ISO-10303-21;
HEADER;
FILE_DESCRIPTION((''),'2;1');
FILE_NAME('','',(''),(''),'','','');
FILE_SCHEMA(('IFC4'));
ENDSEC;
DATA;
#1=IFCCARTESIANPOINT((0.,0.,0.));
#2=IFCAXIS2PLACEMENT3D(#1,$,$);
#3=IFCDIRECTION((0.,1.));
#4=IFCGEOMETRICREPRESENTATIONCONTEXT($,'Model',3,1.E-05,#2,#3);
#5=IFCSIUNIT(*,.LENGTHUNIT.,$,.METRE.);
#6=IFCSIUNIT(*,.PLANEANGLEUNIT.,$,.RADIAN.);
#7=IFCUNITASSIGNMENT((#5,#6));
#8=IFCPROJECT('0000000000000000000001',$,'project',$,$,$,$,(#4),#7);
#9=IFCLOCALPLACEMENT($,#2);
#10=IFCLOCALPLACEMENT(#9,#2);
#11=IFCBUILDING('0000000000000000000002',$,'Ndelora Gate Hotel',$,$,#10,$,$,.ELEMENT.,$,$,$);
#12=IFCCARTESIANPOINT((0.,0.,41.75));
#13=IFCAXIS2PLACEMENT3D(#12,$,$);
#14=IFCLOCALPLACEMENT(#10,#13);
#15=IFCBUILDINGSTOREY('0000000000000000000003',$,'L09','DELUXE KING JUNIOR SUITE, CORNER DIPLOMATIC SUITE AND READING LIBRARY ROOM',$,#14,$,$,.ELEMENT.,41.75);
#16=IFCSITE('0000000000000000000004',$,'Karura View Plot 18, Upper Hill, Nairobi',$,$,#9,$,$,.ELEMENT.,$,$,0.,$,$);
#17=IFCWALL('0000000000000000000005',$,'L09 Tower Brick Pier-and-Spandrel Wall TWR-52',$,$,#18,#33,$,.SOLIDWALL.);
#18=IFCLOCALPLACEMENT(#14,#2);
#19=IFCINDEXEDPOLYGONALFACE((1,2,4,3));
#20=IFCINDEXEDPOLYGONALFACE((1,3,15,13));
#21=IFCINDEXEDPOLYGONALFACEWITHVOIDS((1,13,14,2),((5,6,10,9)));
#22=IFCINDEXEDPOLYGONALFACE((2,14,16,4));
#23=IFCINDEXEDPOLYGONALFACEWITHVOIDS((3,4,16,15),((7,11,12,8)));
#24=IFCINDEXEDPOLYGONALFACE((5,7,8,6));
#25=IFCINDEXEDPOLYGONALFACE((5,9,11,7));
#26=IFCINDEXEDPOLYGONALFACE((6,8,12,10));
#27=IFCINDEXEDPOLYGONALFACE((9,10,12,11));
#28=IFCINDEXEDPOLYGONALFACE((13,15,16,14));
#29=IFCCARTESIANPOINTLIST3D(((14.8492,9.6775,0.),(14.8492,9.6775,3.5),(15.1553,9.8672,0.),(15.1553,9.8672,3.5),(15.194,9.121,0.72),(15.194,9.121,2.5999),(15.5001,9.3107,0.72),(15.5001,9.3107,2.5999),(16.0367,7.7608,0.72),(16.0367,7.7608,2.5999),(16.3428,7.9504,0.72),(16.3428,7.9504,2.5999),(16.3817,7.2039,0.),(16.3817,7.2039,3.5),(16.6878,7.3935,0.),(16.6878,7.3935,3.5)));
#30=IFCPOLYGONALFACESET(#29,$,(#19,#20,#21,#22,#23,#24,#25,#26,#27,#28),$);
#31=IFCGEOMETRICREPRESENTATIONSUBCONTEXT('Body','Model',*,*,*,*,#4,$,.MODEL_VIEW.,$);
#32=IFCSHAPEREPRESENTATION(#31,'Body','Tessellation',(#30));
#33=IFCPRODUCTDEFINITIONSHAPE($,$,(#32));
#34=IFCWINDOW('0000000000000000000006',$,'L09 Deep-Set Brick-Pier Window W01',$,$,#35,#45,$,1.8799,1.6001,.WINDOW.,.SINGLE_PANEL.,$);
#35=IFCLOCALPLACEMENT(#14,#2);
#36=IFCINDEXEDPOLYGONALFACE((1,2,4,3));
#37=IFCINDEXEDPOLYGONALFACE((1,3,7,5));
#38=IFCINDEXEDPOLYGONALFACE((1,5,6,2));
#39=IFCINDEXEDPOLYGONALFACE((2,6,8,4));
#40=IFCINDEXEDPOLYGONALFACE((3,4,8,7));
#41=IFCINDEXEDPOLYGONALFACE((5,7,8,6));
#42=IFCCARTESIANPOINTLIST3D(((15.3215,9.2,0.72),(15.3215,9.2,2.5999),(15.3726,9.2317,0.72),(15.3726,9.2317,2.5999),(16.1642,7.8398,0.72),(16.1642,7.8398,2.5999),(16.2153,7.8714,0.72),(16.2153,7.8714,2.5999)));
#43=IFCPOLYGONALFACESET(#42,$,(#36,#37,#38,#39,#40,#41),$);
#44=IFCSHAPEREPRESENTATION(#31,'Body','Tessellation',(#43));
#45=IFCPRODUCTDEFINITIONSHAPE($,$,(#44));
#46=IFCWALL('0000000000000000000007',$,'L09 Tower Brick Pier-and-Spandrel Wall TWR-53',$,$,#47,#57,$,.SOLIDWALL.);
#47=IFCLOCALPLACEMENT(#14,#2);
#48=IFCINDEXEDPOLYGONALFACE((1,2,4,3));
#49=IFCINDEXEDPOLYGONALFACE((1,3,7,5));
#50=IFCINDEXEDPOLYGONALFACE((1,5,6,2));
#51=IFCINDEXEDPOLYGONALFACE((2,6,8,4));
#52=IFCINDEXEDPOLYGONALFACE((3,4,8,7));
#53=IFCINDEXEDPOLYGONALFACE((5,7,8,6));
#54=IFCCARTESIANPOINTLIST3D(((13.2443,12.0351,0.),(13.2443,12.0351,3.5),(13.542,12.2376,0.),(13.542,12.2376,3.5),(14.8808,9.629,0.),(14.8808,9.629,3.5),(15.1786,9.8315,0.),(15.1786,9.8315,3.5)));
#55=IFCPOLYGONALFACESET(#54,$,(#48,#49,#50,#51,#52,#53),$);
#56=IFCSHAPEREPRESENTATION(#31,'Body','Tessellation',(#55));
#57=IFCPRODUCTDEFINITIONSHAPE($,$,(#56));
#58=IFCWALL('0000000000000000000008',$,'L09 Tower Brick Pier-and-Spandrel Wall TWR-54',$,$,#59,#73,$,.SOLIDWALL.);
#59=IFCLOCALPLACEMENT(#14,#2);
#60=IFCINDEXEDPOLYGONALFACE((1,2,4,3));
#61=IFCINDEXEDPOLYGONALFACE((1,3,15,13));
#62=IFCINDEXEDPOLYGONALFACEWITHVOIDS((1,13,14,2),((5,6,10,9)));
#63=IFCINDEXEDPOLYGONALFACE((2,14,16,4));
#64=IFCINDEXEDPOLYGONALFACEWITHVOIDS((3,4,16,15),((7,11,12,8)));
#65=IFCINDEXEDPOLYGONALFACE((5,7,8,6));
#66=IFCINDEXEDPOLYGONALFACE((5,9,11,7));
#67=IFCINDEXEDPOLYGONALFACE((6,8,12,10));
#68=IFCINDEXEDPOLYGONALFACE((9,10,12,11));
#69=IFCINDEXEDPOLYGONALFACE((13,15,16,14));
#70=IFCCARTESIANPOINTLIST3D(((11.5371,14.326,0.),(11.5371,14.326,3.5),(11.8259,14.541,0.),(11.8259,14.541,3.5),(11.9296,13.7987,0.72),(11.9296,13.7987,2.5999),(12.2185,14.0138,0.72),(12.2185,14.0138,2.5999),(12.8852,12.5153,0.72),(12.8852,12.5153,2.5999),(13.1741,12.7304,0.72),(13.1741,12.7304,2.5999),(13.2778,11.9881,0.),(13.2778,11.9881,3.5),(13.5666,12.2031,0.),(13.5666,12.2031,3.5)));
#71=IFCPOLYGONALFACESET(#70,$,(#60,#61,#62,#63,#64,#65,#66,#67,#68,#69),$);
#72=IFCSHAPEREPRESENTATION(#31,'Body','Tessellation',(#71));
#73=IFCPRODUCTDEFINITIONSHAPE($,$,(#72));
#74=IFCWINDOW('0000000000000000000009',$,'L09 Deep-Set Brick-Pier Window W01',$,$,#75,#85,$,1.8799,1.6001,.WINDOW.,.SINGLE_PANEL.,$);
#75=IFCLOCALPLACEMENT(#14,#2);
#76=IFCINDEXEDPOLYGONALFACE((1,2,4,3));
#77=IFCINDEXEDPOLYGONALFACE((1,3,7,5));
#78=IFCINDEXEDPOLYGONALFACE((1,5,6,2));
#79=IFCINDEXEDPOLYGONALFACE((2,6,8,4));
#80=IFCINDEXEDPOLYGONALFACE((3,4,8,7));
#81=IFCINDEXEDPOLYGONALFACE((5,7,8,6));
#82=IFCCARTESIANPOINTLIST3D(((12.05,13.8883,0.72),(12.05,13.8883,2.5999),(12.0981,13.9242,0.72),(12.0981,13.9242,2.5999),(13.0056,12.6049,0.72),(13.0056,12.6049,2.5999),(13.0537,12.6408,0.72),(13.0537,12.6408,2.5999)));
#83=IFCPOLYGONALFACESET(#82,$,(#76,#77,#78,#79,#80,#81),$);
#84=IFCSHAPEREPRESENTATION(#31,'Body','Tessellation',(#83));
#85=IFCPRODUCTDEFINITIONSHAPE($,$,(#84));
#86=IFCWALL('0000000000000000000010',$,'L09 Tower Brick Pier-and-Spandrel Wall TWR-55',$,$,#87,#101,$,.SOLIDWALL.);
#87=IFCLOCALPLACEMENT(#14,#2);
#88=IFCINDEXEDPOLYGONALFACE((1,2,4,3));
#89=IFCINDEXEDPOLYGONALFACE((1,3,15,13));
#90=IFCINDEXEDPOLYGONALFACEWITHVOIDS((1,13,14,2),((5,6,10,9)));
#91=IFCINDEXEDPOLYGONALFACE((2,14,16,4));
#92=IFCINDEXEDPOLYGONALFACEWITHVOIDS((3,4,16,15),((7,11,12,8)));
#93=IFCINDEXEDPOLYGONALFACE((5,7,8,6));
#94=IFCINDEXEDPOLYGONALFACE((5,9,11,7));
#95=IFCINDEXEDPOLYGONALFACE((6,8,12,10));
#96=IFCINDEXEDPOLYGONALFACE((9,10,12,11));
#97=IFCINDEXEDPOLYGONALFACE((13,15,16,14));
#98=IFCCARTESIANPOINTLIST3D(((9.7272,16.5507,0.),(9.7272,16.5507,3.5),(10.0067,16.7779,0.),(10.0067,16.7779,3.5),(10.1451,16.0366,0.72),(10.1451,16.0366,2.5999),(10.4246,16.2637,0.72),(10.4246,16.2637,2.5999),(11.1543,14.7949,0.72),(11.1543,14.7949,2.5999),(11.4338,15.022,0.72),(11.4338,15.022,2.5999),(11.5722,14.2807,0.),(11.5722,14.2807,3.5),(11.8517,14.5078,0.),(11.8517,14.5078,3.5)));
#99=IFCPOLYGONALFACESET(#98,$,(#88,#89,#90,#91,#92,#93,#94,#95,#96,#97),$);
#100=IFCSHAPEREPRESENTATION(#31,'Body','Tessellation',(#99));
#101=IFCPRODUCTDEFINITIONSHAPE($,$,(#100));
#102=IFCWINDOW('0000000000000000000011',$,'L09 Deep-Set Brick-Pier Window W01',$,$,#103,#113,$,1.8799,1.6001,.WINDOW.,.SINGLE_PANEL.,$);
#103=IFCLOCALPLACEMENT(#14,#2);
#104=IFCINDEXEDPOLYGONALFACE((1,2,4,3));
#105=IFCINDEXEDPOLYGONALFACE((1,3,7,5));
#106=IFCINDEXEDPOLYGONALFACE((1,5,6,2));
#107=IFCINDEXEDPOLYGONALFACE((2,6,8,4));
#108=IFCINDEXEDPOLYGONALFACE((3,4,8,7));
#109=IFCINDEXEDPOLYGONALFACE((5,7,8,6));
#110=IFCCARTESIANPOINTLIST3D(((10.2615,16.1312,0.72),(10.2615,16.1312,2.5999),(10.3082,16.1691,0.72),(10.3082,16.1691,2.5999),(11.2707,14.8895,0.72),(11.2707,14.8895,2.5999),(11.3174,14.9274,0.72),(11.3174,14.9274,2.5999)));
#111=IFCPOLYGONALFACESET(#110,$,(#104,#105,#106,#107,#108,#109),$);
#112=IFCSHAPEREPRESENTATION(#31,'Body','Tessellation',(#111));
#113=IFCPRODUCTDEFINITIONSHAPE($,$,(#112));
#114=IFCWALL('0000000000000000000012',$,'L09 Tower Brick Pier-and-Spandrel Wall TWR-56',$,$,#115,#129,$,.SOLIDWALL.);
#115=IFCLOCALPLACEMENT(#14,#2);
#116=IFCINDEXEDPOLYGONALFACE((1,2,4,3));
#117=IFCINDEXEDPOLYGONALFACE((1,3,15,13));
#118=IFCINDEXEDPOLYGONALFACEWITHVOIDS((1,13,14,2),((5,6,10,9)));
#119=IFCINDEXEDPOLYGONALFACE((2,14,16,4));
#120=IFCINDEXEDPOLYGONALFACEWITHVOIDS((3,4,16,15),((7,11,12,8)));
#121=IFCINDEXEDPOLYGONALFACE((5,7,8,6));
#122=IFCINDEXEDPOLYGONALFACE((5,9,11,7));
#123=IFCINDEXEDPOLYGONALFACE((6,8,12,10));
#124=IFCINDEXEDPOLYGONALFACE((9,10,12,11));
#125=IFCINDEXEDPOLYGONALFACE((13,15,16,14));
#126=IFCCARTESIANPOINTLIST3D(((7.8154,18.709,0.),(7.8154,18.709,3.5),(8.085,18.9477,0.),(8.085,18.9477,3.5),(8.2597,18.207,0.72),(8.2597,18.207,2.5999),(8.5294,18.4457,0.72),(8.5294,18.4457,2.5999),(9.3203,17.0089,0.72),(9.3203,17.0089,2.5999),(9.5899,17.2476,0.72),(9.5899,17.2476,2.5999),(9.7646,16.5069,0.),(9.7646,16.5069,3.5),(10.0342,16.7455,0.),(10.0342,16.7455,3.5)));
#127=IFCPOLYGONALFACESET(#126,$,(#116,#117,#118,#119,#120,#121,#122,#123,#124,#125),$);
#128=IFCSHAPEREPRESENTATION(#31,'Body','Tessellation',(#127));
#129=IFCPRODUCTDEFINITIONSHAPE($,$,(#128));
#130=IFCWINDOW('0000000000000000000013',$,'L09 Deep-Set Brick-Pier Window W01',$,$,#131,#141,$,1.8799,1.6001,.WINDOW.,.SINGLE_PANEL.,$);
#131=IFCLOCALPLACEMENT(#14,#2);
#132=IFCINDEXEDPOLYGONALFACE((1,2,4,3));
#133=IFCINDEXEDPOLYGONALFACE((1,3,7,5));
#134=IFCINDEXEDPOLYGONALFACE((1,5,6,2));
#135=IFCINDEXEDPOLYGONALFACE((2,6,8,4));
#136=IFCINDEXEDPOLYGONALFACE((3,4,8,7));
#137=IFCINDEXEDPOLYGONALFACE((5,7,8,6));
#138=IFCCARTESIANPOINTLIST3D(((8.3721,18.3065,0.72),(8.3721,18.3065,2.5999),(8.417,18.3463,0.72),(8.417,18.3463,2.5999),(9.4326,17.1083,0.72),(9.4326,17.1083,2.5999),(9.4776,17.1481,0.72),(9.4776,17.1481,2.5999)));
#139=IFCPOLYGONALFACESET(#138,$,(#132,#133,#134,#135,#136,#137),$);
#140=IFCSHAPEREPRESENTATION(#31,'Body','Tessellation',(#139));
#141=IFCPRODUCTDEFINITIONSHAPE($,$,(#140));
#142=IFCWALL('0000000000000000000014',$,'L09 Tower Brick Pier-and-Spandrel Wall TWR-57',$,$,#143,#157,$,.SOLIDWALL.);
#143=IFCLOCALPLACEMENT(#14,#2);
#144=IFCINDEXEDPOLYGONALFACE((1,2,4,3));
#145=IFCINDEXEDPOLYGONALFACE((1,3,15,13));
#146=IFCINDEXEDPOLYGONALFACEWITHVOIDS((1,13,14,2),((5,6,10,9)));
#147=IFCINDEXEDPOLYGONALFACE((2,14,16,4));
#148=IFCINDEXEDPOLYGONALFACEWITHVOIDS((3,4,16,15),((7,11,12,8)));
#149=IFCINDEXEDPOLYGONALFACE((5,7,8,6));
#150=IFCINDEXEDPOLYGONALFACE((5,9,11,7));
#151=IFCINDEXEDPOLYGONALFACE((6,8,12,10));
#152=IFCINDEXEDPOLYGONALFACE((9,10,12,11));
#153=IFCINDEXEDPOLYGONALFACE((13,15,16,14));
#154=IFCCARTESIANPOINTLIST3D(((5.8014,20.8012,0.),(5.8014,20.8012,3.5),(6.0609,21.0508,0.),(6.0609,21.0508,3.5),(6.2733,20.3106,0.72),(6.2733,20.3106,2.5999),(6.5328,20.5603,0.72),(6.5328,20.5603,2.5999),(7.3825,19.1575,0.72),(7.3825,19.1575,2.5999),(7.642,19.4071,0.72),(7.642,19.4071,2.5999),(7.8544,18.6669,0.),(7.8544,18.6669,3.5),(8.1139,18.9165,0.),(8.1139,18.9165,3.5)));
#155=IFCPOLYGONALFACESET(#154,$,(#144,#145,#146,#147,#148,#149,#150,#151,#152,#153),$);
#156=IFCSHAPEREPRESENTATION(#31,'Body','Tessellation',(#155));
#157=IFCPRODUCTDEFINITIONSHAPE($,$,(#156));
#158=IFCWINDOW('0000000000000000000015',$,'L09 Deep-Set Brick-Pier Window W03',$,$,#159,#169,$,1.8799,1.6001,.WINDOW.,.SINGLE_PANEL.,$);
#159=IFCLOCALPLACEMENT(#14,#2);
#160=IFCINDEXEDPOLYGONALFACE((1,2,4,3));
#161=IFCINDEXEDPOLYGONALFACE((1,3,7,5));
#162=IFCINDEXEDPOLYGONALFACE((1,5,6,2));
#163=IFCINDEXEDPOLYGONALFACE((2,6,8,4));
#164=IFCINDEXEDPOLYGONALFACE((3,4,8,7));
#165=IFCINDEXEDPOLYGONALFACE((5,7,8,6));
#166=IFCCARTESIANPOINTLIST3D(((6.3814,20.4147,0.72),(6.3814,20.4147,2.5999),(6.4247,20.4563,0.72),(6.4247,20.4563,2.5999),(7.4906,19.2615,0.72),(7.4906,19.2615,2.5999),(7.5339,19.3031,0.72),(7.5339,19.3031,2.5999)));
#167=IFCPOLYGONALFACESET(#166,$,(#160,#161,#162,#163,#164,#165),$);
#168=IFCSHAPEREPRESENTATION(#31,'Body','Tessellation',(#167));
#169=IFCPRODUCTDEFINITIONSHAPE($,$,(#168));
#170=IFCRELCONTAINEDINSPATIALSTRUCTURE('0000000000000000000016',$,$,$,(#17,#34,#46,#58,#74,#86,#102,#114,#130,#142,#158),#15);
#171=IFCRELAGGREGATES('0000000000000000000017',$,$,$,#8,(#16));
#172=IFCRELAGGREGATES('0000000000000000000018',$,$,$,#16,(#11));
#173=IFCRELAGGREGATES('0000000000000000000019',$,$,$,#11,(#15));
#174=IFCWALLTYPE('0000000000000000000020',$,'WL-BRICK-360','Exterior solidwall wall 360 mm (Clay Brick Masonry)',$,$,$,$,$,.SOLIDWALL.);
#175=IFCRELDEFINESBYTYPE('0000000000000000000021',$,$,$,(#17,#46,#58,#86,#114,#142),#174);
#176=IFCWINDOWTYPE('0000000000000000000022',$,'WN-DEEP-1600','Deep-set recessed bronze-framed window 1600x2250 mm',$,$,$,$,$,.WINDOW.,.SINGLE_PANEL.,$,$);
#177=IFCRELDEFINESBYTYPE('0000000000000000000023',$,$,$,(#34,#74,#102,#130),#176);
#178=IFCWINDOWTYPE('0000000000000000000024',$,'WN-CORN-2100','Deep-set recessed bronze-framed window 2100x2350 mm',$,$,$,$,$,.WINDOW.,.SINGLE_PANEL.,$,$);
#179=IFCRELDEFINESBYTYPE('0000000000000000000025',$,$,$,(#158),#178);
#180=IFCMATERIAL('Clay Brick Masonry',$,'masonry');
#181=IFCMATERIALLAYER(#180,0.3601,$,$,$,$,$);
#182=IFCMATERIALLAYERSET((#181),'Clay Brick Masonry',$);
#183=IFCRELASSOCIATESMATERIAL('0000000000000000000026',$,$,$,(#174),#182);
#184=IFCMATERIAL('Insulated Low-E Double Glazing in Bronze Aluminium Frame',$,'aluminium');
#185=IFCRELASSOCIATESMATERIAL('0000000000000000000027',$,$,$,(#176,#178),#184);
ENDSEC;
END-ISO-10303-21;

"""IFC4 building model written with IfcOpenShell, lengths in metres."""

from ifc_helpers import new_model, si_unit, direction, frame, frame_2d, origin, place, context, subcontext, project, spatial, rectangle, extrude, material, layer, layer_set, type_object, element, fill, save


model = new_model("IFC4")

# Units and contexts
model_context = context("Model", 3, precision=1e-05, world=origin(), true_north=direction((0.0, 1.0)))
body_context = subcontext(model_context, "Body", "Model", "MODEL_VIEW")
ifc_project = project(units=[si_unit("LENGTHUNIT", "METRE"), si_unit("PLANEANGLEUNIT", "RADIAN")], contexts=[model_context])

# Site, building, storey
site_placement = place(None, origin())
site = spatial("IfcSite", under=ifc_project, at=site_placement, Name="Karura View Plot 18, Upper Hill, Nairobi", CompositionType="ELEMENT", RefElevation=0.0)
building_placement = place(site_placement, origin())
building = spatial("IfcBuilding", under=site, at=building_placement, Name="Ndelora Gate Hotel", CompositionType="ELEMENT")
storey_placement = place(building_placement, frame((0.0, 0.0, 41.75)))
storey = spatial("IfcBuildingStorey", under=building, at=storey_placement, Name="L09", Description="DELUXE KING JUNIOR SUITE, CORNER DIPLOMATIC SUITE AND READING LIBRARY ROOM", CompositionType="ELEMENT", Elevation=41.75)

# Shared definitions
ifc_material_1 = material(Name="Clay Brick Masonry", Category="masonry")
ifc_layer_1 = layer(ifc_material_1, 0.3601)
ifc_layer_set_1 = layer_set([ifc_layer_1], Name="Clay Brick Masonry")
wall_type_1 = type_object("IfcWallType", Name="WL-BRICK-360", Description="Exterior solidwall wall 360 mm (Clay Brick Masonry)", PredefinedType="SOLIDWALL", material=ifc_layer_set_1)

# Wall, opening, window
wall_1_placement = place(storey_placement, frame((15.0022, 9.7725, 0.0), z_axis=(0.0, 0.0, 1.0), x_axis=(0.526646, -0.850085, 0.0)))
wall_1 = element("IfcWall", 1, at=wall_1_placement, inside=storey, type_object=wall_type_1, Name="L09 Tower Brick Pier-and-Spandrel Wall TWR-52", PredefinedType="SOLIDWALL", context=body_context, shape_type="SweptSolid", body=[
    extrude(rectangle(XDim=2.9099, YDim=0.3601, at=frame_2d((1.4551, 0.0))), origin(), (0.0, 0.0, 1.0), 3.5),
])
opening_1_placement = place(wall_1_placement, frame((0.6548, 0.0, 0.72)))
opening_1 = element("IfcOpeningElement", 2, at=opening_1_placement, cuts=wall_1, PredefinedType="OPENING", context=body_context, shape_type="SweptSolid", body=[
    extrude(rectangle(XDim=1.6001, YDim=1.8799, at=frame_2d((0.8, 0.9399))), frame((0.0, 0.1899, 0.0), z_axis=(0.0, -1.0, 0.0), x_axis=(1.0, 0.0, 0.0)), (0.0, 0.0, 1.0), 0.3801),
])
ifc_material_2 = material(Name="Insulated Low-E Double Glazing in Bronze Aluminium Frame", Category="aluminium")
window_type_1 = type_object("IfcWindowType", Name="WN-DEEP-1600", Description="Deep-set recessed bronze-framed window 1600x2250 mm", PartitioningType="SINGLE_PANEL", PredefinedType="WINDOW", material=ifc_material_2)
window_1_placement = place(opening_1_placement, origin())
window_1 = element("IfcWindow", 3, at=window_1_placement, inside=storey, type_object=window_type_1, Name="L09 Deep-Set Brick-Pier Window W01", OverallHeight=1.8799, OverallWidth=1.6001, PartitioningType="SINGLE_PANEL", PredefinedType="WINDOW", context=body_context, shape_type="SweptSolid", body=[
    extrude(rectangle(XDim=1.6001, YDim=1.8799, at=frame_2d((0.8, 0.9399))), frame((0.0, 0.03, 0.0), z_axis=(0.0, -1.0, 0.0), x_axis=(1.0, 0.0, 0.0)), (0.0, 0.0, 1.0), 0.0601),
])
fill(opening_1, window_1)

# Wall
wall_2_placement = place(storey_placement, frame((13.3931, 12.1365, 0.0), z_axis=(0.0, 0.0, 1.0), x_axis=(0.562402, -0.826864, 0.0)))
element("IfcWall", 4, at=wall_2_placement, inside=storey, type_object=wall_type_1, Name="L09 Tower Brick Pier-and-Spandrel Wall TWR-53", PredefinedType="SOLIDWALL", context=body_context, shape_type="SweptSolid", body=[
    extrude(rectangle(XDim=2.9099, YDim=0.3601, at=frame_2d((1.4551, 0.0))), origin(), (0.0, 0.0, 1.0), 3.5),
])

# Walls, openings, windows
wall_3_placement = place(storey_placement, frame((11.6814, 14.4336, 0.0), z_axis=(0.0, 0.0, 1.0), x_axis=(0.597209, -0.802086, 0.0)))
wall_3 = element("IfcWall", 5, at=wall_3_placement, inside=storey, type_object=wall_type_1, Name="L09 Tower Brick Pier-and-Spandrel Wall TWR-54", PredefinedType="SOLIDWALL", context=body_context, shape_type="SweptSolid", body=[
    extrude(rectangle(XDim=2.9148, YDim=0.3601, at=frame_2d((1.4575, 0.0))), origin(), (0.0, 0.0, 1.0), 3.5),
])
opening_2_placement = place(wall_3_placement, frame((0.6575, 0.0, 0.72)))
opening_2 = element("IfcOpeningElement", 6, at=opening_2_placement, cuts=wall_3, PredefinedType="OPENING", context=body_context, shape_type="SweptSolid", body=[
    extrude(rectangle(XDim=1.6001, YDim=1.8799, at=frame_2d((0.8, 0.9399))), frame((0.0, 0.1899, 0.0), z_axis=(0.0, -1.0, 0.0), x_axis=(1.0, 0.0, 0.0)), (0.0, 0.0, 1.0), 0.3801),
])
window_2_placement = place(opening_2_placement, origin())
window_2 = element("IfcWindow", 7, at=window_2_placement, inside=storey, type_object=window_type_1, Name="L09 Deep-Set Brick-Pier Window W01", OverallHeight=1.8799, OverallWidth=1.6001, PartitioningType="SINGLE_PANEL", PredefinedType="WINDOW", context=body_context, shape_type="SweptSolid", body=[
    extrude(rectangle(XDim=1.6001, YDim=1.8799, at=frame_2d((0.8, 0.9399))), frame((0.0, 0.03, 0.0), z_axis=(0.0, -1.0, 0.0), x_axis=(1.0, 0.0, 0.0)), (0.0, 0.0, 1.0), 0.0601),
])
fill(opening_2, window_2)
wall_4_placement = place(storey_placement, frame((9.8669, 16.6643, 0.0), z_axis=(0.0, 0.0, 1.0), x_axis=(0.630712, -0.776017, 0.0)))
wall_4 = element("IfcWall", 8, at=wall_4_placement, inside=storey, type_object=wall_type_1, Name="L09 Tower Brick Pier-and-Spandrel Wall TWR-55", PredefinedType="SOLIDWALL", context=body_context, shape_type="SweptSolid", body=[
    extrude(rectangle(XDim=2.9253, YDim=0.3601, at=frame_2d((1.4626, 0.0))), origin(), (0.0, 0.0, 1.0), 3.5),
])
opening_3_placement = place(wall_4_placement, frame((0.6626, 0.0, 0.72)))
opening_3 = element("IfcOpeningElement", 9, at=opening_3_placement, cuts=wall_4, PredefinedType="OPENING", context=body_context, shape_type="SweptSolid", body=[
    extrude(rectangle(XDim=1.6001, YDim=1.8799, at=frame_2d((0.8, 0.9399))), frame((0.0, 0.1899, 0.0), z_axis=(0.0, -1.0, 0.0), x_axis=(1.0, 0.0, 0.0)), (0.0, 0.0, 1.0), 0.3801),
])
window_3_placement = place(opening_3_placement, origin())
window_3 = element("IfcWindow", 10, at=window_3_placement, inside=storey, type_object=window_type_1, Name="L09 Deep-Set Brick-Pier Window W01", OverallHeight=1.8799, OverallWidth=1.6001, PartitioningType="SINGLE_PANEL", PredefinedType="WINDOW", context=body_context, shape_type="SweptSolid", body=[
    extrude(rectangle(XDim=1.6001, YDim=1.8799, at=frame_2d((0.8, 0.9399))), frame((0.0, 0.03, 0.0), z_axis=(0.0, -1.0, 0.0), x_axis=(1.0, 0.0, 0.0)), (0.0, 0.0, 1.0), 0.0601),
])
fill(opening_3, window_3)
wall_5_placement = place(storey_placement, frame((7.9502, 18.8284, 0.0), z_axis=(0.0, 0.0, 1.0), x_axis=(0.662796, -0.7488, 0.0)))
wall_5 = element("IfcWall", 11, at=wall_5_placement, inside=storey, type_object=wall_type_1, Name="L09 Tower Brick Pier-and-Spandrel Wall TWR-56", PredefinedType="SOLIDWALL", context=body_context, shape_type="SweptSolid", body=[
    extrude(rectangle(XDim=2.9409, YDim=0.3601, at=frame_2d((1.4705, 0.0))), origin(), (0.0, 0.0, 1.0), 3.5),
])
opening_4_placement = place(wall_5_placement, frame((0.6704, 0.0, 0.72)))
opening_4 = element("IfcOpeningElement", 12, at=opening_4_placement, cuts=wall_5, PredefinedType="OPENING", context=body_context, shape_type="SweptSolid", body=[
    extrude(rectangle(XDim=1.6001, YDim=1.8799, at=frame_2d((0.8, 0.9399))), frame((0.0, 0.1899, 0.0), z_axis=(0.0, -1.0, 0.0), x_axis=(1.0, 0.0, 0.0)), (0.0, 0.0, 1.0), 0.3801),
])
window_4_placement = place(opening_4_placement, origin())
window_4 = element("IfcWindow", 13, at=window_4_placement, inside=storey, type_object=window_type_1, Name="L09 Deep-Set Brick-Pier Window W01", OverallHeight=1.8799, OverallWidth=1.6001, PartitioningType="SINGLE_PANEL", PredefinedType="WINDOW", context=body_context, shape_type="SweptSolid", body=[
    extrude(rectangle(XDim=1.6001, YDim=1.8799, at=frame_2d((0.8, 0.9399))), frame((0.0, 0.03, 0.0), z_axis=(0.0, -1.0, 0.0), x_axis=(1.0, 0.0, 0.0)), (0.0, 0.0, 1.0), 0.0601),
])
fill(opening_4, window_4)
wall_6_placement = place(storey_placement, frame((5.9312, 20.926, 0.0), z_axis=(0.0, 0.0, 1.0), x_axis=(0.693247, -0.7207, 0.0)))
wall_6 = element("IfcWall", 14, at=wall_6_placement, inside=storey, type_object=wall_type_1, Name="L09 Tower Brick Pier-and-Spandrel Wall TWR-57", PredefinedType="SOLIDWALL", context=body_context, shape_type="SweptSolid", body=[
    extrude(rectangle(XDim=2.9614, YDim=0.3601, at=frame_2d((1.4807, 0.0))), origin(), (0.0, 0.0, 1.0), 3.5),
])
opening_5_placement = place(wall_6_placement, frame((0.6807, 0.0, 0.72)))
opening_5 = element("IfcOpeningElement", 15, at=opening_5_placement, cuts=wall_6, PredefinedType="OPENING", context=body_context, shape_type="SweptSolid", body=[
    extrude(rectangle(XDim=1.6001, YDim=1.8799, at=frame_2d((0.8, 0.9399))), frame((0.0, 0.1899, 0.0), z_axis=(0.0, -1.0, 0.0), x_axis=(1.0, 0.0, 0.0)), (0.0, 0.0, 1.0), 0.3801),
])
window_type_2 = type_object("IfcWindowType", Name="WN-CORN-2100", Description="Deep-set recessed bronze-framed window 2100x2350 mm", PartitioningType="SINGLE_PANEL", PredefinedType="WINDOW", material=ifc_material_2)
window_5_placement = place(opening_5_placement, origin())
window_5 = element("IfcWindow", 16, at=window_5_placement, inside=storey, type_object=window_type_2, Name="L09 Deep-Set Brick-Pier Window W03", OverallHeight=1.8799, OverallWidth=1.6001, PartitioningType="SINGLE_PANEL", PredefinedType="WINDOW", context=body_context, shape_type="SweptSolid", body=[
    extrude(rectangle(XDim=1.6001, YDim=1.8799, at=frame_2d((0.8, 0.9399))), frame((0.0, 0.03, 0.0), z_axis=(0.0, -1.0, 0.0), x_axis=(1.0, 0.0, 0.0)), (0.0, 0.0, 1.0), 0.0601),
])
fill(opening_5, window_5)

save(model, "model.ifc")
